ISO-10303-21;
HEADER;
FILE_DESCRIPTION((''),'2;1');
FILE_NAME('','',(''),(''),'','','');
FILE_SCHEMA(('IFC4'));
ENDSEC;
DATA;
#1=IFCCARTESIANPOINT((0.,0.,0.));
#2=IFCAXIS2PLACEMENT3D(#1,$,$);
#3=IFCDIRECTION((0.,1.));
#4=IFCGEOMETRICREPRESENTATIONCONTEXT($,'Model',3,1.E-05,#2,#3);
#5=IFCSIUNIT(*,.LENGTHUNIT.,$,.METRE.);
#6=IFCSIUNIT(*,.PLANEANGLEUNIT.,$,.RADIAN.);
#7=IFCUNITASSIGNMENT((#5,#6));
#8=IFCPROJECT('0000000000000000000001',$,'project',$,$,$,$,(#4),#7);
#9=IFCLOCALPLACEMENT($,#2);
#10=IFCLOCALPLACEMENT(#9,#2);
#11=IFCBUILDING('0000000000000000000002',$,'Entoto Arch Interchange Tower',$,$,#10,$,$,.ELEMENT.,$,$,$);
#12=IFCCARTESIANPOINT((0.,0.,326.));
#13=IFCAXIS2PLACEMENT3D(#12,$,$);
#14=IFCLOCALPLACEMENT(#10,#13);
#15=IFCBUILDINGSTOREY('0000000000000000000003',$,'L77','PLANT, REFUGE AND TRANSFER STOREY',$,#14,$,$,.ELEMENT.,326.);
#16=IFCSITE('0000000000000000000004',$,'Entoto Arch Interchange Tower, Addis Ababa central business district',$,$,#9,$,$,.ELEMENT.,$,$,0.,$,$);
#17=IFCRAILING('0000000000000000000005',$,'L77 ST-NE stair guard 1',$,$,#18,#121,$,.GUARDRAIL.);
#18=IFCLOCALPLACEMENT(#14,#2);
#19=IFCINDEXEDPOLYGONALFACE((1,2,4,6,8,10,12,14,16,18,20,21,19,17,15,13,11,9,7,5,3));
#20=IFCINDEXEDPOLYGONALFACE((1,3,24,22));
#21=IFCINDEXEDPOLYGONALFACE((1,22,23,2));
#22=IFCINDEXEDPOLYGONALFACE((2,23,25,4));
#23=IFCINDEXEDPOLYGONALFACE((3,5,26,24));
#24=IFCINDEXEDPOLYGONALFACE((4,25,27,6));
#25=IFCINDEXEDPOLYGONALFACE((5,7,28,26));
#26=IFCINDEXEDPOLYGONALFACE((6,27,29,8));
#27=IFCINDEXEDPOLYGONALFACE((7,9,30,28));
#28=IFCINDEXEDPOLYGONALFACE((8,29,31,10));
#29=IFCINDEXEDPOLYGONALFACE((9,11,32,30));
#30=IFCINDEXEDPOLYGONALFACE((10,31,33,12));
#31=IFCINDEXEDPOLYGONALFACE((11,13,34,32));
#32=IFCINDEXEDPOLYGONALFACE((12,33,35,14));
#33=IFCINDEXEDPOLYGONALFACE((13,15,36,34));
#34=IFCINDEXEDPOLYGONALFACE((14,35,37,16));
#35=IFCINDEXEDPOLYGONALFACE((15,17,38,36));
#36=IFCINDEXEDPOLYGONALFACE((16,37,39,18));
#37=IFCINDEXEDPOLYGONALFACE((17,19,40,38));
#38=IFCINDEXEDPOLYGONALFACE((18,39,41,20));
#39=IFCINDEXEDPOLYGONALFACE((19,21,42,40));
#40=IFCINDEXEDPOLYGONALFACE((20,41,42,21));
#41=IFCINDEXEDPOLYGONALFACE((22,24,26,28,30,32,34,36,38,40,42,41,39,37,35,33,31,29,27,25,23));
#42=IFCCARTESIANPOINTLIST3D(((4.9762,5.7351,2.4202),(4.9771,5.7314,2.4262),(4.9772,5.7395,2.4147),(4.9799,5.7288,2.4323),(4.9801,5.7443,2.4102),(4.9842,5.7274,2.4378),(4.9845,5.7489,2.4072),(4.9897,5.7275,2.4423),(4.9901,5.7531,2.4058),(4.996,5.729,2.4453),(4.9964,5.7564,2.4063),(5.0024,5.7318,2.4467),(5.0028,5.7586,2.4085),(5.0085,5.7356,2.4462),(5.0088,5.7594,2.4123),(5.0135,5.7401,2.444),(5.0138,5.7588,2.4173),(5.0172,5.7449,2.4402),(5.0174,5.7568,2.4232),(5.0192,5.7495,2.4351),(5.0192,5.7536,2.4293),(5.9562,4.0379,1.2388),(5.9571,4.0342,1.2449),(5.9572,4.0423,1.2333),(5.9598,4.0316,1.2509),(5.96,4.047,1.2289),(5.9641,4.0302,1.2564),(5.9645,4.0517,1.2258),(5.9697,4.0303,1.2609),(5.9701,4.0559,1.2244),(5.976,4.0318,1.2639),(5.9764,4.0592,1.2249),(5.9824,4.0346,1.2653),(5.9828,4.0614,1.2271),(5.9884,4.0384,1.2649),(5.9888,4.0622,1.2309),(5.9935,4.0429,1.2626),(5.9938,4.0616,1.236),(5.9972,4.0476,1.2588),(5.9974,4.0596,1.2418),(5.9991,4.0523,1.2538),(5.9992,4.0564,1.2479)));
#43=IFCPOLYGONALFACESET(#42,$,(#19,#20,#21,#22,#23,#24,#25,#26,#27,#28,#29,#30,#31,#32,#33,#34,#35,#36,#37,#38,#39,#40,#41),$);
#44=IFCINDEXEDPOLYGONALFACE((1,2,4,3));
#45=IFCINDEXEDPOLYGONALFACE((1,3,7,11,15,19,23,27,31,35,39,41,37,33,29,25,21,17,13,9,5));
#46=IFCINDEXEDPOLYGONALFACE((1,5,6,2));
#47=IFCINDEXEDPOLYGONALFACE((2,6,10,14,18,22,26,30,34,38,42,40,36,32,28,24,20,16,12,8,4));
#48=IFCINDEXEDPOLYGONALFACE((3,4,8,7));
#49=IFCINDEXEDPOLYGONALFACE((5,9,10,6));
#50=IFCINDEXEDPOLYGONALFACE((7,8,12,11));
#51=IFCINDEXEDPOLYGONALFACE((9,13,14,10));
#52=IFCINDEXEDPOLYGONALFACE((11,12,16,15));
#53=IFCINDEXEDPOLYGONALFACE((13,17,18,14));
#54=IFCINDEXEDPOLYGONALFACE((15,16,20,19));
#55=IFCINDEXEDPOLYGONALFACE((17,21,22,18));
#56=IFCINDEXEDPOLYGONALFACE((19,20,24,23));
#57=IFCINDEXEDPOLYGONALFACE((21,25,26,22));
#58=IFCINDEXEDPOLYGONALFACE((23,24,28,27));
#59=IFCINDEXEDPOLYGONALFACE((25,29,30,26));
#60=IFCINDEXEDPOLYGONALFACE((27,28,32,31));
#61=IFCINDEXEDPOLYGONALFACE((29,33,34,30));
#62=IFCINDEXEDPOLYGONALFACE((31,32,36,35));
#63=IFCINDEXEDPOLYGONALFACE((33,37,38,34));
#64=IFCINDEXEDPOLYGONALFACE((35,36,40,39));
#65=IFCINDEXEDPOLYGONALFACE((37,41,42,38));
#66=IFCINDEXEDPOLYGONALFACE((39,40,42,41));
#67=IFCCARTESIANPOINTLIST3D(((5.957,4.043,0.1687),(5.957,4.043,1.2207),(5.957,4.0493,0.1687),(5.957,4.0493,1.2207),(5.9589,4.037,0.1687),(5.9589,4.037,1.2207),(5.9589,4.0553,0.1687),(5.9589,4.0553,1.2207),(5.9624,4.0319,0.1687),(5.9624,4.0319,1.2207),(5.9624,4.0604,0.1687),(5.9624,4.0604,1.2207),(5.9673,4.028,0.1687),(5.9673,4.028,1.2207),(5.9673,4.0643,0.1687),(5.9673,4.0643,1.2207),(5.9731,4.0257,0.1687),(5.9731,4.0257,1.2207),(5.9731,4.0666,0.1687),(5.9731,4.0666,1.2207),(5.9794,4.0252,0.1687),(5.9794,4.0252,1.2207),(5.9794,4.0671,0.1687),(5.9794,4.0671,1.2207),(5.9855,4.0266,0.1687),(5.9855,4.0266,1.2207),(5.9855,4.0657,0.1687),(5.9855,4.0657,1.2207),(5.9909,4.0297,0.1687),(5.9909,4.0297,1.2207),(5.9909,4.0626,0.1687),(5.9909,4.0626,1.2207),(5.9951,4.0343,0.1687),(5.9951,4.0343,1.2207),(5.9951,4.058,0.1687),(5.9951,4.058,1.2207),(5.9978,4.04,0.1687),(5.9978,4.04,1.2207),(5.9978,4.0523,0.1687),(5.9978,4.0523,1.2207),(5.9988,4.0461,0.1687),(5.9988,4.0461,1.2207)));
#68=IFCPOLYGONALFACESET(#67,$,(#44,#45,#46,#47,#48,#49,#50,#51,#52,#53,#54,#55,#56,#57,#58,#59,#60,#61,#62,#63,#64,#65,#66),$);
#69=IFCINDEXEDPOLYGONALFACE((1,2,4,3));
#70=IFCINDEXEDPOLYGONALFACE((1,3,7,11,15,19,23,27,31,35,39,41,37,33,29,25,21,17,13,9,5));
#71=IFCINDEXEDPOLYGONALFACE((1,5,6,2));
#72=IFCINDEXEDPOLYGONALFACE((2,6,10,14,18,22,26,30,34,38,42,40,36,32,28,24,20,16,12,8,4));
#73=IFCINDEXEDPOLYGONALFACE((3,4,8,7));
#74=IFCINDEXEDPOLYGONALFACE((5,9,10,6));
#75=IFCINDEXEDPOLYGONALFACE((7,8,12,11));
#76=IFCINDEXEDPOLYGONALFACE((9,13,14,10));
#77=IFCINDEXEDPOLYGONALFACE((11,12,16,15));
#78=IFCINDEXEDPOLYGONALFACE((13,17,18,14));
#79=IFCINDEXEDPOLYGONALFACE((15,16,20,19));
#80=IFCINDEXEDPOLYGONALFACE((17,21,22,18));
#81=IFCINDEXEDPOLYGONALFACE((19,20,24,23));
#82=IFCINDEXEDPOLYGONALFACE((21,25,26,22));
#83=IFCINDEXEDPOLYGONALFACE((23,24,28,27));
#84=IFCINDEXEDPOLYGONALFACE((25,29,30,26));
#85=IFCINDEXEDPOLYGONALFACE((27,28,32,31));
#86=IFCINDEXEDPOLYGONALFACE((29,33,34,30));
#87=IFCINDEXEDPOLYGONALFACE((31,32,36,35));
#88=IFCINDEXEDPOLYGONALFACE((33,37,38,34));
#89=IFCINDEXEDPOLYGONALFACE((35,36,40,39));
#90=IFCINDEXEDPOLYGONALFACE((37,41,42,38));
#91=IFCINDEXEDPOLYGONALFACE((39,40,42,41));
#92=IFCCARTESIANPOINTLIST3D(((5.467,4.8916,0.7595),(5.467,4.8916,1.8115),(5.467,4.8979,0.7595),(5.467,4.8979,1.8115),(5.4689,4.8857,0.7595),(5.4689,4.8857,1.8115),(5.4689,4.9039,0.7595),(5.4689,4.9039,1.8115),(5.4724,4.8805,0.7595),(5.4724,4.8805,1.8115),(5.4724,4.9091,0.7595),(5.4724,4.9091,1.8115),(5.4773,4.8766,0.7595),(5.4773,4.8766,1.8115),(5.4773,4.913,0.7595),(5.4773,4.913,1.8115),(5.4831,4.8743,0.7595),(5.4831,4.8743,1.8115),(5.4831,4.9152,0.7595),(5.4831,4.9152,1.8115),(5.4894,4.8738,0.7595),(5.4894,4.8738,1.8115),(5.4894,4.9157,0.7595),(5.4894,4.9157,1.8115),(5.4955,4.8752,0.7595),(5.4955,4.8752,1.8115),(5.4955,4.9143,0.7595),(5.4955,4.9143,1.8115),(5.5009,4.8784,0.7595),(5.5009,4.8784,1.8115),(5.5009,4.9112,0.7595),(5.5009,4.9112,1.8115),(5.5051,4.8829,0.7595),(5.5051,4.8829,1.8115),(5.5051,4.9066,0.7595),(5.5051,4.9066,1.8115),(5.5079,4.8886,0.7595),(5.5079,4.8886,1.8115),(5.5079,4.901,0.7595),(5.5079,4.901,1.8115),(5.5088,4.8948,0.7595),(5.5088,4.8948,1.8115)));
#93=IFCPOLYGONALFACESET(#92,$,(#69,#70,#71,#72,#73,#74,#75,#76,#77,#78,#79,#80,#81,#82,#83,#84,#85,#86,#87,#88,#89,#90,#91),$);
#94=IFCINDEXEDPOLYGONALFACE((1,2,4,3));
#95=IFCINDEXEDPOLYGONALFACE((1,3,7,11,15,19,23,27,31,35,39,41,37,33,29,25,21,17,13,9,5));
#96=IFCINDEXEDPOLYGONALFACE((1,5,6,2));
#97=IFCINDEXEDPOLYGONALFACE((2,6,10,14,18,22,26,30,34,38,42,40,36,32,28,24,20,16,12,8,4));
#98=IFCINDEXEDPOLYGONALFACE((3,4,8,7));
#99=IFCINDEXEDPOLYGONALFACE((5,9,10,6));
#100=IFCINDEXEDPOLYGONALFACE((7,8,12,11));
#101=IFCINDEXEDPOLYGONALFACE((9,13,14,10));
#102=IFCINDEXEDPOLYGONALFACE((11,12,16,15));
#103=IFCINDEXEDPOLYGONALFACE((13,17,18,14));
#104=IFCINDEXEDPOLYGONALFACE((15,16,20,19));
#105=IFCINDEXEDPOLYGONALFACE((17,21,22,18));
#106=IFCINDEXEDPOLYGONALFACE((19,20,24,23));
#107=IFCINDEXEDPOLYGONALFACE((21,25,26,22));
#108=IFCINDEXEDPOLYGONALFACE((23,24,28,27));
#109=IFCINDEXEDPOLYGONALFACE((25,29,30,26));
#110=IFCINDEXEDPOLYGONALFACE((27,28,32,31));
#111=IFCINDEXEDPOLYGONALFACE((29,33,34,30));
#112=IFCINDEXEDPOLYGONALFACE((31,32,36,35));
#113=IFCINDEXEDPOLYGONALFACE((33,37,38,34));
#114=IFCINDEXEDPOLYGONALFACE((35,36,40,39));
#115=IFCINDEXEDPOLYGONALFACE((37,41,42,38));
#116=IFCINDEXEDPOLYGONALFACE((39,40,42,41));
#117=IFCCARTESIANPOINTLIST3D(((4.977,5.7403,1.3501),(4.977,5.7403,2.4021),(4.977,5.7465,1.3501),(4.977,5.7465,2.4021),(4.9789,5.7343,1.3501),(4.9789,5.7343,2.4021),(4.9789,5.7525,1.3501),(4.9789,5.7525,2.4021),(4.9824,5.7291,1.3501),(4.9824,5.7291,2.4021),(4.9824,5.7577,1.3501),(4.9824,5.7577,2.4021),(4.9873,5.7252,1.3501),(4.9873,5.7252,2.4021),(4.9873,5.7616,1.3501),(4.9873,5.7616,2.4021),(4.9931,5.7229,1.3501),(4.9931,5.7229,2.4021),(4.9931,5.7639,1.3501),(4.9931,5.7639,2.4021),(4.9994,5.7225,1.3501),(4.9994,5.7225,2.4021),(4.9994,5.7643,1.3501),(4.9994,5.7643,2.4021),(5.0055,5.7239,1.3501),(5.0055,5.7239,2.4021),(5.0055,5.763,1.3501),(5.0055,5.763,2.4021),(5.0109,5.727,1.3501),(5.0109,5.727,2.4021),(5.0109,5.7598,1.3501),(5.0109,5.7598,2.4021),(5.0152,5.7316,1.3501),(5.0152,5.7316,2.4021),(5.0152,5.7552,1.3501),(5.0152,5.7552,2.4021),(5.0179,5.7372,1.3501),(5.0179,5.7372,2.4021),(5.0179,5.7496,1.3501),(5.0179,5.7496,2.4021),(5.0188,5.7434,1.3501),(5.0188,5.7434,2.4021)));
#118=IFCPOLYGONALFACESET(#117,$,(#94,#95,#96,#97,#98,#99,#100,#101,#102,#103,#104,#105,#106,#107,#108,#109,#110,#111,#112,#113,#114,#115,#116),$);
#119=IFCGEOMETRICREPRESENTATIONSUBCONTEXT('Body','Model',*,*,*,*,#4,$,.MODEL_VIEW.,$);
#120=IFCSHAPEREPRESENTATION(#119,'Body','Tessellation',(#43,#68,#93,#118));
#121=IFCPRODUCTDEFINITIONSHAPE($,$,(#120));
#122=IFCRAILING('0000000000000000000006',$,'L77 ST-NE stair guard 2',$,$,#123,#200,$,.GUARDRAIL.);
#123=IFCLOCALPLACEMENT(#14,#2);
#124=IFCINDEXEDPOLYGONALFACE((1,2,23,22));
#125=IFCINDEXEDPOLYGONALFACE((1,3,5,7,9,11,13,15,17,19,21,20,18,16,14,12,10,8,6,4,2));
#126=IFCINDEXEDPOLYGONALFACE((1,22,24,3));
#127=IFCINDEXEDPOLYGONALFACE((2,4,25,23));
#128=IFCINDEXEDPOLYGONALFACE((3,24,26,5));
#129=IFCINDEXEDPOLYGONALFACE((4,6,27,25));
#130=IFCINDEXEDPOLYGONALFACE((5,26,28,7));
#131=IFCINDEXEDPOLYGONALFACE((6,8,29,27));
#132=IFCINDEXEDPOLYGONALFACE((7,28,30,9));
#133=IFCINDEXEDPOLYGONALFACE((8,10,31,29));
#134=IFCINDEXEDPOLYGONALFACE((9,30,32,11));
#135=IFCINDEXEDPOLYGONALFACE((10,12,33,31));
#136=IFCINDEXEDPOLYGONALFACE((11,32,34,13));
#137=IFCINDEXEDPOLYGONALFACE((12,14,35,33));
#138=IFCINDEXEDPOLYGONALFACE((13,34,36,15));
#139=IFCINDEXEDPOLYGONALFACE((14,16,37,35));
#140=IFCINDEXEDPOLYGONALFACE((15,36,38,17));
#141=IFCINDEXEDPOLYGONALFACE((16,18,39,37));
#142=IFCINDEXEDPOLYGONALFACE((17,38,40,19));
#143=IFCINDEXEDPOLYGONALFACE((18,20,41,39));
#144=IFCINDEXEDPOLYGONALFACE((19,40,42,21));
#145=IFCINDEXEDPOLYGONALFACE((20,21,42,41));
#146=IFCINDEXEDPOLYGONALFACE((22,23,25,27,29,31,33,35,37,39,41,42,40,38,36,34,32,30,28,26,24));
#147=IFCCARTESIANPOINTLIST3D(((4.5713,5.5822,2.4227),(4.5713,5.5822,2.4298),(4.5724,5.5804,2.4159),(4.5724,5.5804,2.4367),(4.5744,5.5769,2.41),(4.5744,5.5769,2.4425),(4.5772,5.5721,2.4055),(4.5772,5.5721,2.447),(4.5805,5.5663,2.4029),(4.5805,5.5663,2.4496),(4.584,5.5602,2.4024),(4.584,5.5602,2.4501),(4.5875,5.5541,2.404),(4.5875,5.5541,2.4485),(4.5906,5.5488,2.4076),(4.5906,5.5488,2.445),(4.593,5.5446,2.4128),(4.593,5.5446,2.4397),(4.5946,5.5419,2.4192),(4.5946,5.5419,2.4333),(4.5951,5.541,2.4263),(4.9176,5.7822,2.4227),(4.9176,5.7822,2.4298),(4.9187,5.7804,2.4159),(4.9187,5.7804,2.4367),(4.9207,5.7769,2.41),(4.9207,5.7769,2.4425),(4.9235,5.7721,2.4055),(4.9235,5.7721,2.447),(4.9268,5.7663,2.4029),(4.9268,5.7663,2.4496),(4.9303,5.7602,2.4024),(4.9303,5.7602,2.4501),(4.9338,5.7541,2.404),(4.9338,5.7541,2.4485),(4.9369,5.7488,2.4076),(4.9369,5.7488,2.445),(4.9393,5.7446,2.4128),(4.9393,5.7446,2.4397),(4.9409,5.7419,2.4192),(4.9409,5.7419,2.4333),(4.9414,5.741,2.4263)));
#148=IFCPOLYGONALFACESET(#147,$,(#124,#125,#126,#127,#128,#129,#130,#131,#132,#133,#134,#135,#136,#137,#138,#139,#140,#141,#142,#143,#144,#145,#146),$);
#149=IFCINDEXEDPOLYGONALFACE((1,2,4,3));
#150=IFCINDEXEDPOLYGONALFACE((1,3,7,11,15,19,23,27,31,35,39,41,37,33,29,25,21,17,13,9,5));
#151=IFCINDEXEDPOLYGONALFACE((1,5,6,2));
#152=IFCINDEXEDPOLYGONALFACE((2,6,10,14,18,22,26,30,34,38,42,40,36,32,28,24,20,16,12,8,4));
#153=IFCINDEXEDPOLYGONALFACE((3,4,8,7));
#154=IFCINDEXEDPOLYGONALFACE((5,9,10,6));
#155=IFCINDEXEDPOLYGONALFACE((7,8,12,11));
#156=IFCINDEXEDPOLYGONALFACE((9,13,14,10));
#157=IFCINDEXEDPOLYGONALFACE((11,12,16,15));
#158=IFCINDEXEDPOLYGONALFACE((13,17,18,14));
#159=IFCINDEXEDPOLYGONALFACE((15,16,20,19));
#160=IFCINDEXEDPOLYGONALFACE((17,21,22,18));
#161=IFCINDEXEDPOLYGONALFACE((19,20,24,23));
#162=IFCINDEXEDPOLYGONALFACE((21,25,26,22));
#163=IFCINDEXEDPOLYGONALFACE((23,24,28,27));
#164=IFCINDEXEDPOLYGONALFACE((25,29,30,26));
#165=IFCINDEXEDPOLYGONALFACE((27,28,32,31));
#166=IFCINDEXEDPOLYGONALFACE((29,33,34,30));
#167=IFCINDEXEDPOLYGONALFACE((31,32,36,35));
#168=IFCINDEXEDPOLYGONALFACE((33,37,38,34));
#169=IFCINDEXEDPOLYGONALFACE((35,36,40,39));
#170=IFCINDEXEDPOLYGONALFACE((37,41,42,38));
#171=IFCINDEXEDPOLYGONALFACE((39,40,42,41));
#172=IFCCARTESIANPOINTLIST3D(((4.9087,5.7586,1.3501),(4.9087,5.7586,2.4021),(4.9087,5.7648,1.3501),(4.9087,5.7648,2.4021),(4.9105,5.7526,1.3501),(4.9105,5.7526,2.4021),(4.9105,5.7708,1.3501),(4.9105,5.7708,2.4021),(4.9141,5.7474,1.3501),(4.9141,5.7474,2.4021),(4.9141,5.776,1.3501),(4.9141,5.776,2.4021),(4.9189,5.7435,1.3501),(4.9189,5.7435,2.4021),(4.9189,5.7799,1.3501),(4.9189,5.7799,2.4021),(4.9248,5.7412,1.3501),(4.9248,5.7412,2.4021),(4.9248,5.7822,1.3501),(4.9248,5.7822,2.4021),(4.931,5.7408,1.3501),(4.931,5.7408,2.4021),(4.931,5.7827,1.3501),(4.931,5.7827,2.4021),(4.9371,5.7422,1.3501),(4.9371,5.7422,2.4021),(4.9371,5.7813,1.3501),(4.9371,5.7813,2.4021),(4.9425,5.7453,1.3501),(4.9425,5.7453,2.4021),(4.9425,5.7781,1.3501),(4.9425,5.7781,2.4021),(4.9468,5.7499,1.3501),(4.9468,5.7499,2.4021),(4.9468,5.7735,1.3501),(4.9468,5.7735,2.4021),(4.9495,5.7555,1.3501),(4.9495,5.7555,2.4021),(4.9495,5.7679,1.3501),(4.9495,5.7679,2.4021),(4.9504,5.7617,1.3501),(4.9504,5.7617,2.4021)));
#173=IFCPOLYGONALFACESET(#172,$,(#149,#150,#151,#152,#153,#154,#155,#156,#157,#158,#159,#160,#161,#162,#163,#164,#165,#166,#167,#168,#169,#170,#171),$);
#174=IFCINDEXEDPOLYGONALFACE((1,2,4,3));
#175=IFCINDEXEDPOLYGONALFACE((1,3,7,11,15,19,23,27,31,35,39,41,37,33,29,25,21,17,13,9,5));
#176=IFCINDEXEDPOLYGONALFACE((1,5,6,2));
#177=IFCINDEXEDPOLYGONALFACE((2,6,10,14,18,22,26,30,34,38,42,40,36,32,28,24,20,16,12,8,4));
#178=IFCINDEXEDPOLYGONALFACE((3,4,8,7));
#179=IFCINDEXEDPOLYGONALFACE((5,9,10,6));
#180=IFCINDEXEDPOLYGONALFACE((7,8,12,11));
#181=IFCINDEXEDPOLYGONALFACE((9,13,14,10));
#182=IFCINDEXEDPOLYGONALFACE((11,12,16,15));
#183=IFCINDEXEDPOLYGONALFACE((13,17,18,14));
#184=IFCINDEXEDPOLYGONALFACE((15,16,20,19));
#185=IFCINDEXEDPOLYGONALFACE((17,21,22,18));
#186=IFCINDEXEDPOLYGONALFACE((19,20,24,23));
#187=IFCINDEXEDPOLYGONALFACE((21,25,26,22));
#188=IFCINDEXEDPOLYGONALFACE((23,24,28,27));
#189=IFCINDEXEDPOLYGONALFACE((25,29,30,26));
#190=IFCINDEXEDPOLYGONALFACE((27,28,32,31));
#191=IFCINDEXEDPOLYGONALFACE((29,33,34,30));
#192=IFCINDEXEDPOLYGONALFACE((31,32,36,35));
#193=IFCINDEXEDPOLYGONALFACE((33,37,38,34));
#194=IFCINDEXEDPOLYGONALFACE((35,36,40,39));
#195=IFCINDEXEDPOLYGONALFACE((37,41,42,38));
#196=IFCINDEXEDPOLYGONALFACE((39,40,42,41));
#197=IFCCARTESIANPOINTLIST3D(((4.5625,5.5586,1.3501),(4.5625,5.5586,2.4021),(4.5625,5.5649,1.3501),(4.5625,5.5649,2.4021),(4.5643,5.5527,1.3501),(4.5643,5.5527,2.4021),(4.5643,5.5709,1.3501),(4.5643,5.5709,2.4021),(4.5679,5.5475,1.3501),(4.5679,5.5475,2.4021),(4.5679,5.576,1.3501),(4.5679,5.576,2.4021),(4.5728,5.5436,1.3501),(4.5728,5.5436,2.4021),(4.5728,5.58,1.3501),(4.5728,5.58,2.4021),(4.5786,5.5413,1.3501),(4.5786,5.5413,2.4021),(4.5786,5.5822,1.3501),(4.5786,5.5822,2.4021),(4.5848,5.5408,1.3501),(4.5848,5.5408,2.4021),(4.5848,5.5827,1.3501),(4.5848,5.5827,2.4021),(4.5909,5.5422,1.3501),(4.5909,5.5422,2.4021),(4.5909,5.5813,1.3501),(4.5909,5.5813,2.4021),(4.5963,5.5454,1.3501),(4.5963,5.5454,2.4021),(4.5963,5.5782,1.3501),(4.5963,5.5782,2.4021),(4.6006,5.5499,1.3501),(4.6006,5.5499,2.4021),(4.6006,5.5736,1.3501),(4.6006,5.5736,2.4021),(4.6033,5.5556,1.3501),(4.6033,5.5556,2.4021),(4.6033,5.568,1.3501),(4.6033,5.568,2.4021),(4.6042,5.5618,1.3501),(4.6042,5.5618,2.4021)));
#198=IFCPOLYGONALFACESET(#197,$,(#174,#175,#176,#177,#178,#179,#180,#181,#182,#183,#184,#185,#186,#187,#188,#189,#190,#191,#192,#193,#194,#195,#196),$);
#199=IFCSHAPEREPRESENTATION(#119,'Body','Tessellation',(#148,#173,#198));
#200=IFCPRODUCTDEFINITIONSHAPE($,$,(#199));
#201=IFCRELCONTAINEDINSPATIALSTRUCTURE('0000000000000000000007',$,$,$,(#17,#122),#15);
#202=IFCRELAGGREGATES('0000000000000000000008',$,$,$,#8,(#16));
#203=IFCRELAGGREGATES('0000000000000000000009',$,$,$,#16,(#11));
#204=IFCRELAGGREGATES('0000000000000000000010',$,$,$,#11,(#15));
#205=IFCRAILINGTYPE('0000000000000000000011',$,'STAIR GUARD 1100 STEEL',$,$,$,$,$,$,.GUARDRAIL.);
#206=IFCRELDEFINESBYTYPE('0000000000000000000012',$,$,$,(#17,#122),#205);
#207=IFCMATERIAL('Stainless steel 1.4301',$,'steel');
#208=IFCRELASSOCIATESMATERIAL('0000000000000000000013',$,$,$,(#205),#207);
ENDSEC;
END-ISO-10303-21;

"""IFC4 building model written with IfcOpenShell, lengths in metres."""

from ifc_helpers import new_model, si_unit, direction, frame, origin, origin_2d, place, context, subcontext, project, spatial, circle, extrude, material, type_object, element, save


model = new_model("IFC4")

# Units and contexts
model_context = context("Model", 3, precision=1e-05, world=origin(), true_north=direction((0.0, 1.0)))
body_context = subcontext(model_context, "Body", "Model", "MODEL_VIEW")
ifc_project = project(units=[si_unit("LENGTHUNIT", "METRE"), si_unit("PLANEANGLEUNIT", "RADIAN")], contexts=[model_context])

# Site, building, storey
site_placement = place(None, origin())
site = spatial("IfcSite", under=ifc_project, at=site_placement, Name="Entoto Arch Interchange Tower, Addis Ababa central business district", CompositionType="ELEMENT", RefElevation=0.0)
building_placement = place(site_placement, origin())
building = spatial("IfcBuilding", under=site, at=building_placement, Name="Entoto Arch Interchange Tower", CompositionType="ELEMENT")
storey_placement = place(building_placement, frame((0.0, 0.0, 326.0)))
storey = spatial("IfcBuildingStorey", under=building, at=storey_placement, Name="L77", Description="PLANT, REFUGE AND TRANSFER STOREY", CompositionType="ELEMENT", Elevation=326.0)

# Railings
ifc_material_1 = material(Name="Stainless steel 1.4301", Category="steel")
railing_type_1 = type_object("IfcRailingType", Name="STAIR GUARD 1100 STEEL", PredefinedType="GUARDRAIL", material=ifc_material_1)
railing_1_placement = place(storey_placement, frame((5.9778, 4.0461, 0.1687)))
element("IfcRailing", 1, at=railing_1_placement, inside=storey, type_object=railing_type_1, Name="L77 ST-NE stair guard 1", PredefinedType="GUARDRAIL", context=body_context, shape_type="SweptSolid", body=[
    extrude(circle(Radius=0.0239, at=origin_2d()), frame((0.0, 0.0, 1.0762), z_axis=(-0.428238, 0.741683, 0.516255), x_axis=(-0.866011, -0.500024, 0.0)), (0.0, 0.0, 1.0), 2.2883),
    extrude(circle(Radius=0.021, at=origin_2d()), origin(), (0.0, 0.0, 1.0), 1.052),
    extrude(circle(Radius=0.021, at=origin_2d()), frame((-0.49, 0.8486, 0.5908)), (0.0, 0.0, 1.0), 1.052),
    extrude(circle(Radius=0.021, at=origin_2d()), frame((-0.98, 1.6973, 1.1814)), (0.0, 0.0, 1.0), 1.052),
])
railing_2_placement = place(storey_placement, frame((4.9294, 5.7617, 1.3501)))
element("IfcRailing", 2, at=railing_2_placement, inside=storey, type_object=railing_type_1, Name="L77 ST-NE stair guard 2", PredefinedType="GUARDRAIL", context=body_context, shape_type="SweptSolid", body=[
    extrude(circle(Radius=0.0239, at=origin_2d()), frame((0.0, 0.0, 1.0762), z_axis=(-0.865941, -0.500145, 0.0), x_axis=(0.500145, -0.865941, 0.0)), (0.0, 0.0, 1.0), 0.3999),
    extrude(circle(Radius=0.021, at=origin_2d()), origin(), (0.0, 0.0, 1.0), 1.052),
    extrude(circle(Radius=0.021, at=origin_2d()), frame((-0.3462, -0.2, 0.0)), (0.0, 0.0, 1.0), 1.052),
])

save(model, "model.ifc")
